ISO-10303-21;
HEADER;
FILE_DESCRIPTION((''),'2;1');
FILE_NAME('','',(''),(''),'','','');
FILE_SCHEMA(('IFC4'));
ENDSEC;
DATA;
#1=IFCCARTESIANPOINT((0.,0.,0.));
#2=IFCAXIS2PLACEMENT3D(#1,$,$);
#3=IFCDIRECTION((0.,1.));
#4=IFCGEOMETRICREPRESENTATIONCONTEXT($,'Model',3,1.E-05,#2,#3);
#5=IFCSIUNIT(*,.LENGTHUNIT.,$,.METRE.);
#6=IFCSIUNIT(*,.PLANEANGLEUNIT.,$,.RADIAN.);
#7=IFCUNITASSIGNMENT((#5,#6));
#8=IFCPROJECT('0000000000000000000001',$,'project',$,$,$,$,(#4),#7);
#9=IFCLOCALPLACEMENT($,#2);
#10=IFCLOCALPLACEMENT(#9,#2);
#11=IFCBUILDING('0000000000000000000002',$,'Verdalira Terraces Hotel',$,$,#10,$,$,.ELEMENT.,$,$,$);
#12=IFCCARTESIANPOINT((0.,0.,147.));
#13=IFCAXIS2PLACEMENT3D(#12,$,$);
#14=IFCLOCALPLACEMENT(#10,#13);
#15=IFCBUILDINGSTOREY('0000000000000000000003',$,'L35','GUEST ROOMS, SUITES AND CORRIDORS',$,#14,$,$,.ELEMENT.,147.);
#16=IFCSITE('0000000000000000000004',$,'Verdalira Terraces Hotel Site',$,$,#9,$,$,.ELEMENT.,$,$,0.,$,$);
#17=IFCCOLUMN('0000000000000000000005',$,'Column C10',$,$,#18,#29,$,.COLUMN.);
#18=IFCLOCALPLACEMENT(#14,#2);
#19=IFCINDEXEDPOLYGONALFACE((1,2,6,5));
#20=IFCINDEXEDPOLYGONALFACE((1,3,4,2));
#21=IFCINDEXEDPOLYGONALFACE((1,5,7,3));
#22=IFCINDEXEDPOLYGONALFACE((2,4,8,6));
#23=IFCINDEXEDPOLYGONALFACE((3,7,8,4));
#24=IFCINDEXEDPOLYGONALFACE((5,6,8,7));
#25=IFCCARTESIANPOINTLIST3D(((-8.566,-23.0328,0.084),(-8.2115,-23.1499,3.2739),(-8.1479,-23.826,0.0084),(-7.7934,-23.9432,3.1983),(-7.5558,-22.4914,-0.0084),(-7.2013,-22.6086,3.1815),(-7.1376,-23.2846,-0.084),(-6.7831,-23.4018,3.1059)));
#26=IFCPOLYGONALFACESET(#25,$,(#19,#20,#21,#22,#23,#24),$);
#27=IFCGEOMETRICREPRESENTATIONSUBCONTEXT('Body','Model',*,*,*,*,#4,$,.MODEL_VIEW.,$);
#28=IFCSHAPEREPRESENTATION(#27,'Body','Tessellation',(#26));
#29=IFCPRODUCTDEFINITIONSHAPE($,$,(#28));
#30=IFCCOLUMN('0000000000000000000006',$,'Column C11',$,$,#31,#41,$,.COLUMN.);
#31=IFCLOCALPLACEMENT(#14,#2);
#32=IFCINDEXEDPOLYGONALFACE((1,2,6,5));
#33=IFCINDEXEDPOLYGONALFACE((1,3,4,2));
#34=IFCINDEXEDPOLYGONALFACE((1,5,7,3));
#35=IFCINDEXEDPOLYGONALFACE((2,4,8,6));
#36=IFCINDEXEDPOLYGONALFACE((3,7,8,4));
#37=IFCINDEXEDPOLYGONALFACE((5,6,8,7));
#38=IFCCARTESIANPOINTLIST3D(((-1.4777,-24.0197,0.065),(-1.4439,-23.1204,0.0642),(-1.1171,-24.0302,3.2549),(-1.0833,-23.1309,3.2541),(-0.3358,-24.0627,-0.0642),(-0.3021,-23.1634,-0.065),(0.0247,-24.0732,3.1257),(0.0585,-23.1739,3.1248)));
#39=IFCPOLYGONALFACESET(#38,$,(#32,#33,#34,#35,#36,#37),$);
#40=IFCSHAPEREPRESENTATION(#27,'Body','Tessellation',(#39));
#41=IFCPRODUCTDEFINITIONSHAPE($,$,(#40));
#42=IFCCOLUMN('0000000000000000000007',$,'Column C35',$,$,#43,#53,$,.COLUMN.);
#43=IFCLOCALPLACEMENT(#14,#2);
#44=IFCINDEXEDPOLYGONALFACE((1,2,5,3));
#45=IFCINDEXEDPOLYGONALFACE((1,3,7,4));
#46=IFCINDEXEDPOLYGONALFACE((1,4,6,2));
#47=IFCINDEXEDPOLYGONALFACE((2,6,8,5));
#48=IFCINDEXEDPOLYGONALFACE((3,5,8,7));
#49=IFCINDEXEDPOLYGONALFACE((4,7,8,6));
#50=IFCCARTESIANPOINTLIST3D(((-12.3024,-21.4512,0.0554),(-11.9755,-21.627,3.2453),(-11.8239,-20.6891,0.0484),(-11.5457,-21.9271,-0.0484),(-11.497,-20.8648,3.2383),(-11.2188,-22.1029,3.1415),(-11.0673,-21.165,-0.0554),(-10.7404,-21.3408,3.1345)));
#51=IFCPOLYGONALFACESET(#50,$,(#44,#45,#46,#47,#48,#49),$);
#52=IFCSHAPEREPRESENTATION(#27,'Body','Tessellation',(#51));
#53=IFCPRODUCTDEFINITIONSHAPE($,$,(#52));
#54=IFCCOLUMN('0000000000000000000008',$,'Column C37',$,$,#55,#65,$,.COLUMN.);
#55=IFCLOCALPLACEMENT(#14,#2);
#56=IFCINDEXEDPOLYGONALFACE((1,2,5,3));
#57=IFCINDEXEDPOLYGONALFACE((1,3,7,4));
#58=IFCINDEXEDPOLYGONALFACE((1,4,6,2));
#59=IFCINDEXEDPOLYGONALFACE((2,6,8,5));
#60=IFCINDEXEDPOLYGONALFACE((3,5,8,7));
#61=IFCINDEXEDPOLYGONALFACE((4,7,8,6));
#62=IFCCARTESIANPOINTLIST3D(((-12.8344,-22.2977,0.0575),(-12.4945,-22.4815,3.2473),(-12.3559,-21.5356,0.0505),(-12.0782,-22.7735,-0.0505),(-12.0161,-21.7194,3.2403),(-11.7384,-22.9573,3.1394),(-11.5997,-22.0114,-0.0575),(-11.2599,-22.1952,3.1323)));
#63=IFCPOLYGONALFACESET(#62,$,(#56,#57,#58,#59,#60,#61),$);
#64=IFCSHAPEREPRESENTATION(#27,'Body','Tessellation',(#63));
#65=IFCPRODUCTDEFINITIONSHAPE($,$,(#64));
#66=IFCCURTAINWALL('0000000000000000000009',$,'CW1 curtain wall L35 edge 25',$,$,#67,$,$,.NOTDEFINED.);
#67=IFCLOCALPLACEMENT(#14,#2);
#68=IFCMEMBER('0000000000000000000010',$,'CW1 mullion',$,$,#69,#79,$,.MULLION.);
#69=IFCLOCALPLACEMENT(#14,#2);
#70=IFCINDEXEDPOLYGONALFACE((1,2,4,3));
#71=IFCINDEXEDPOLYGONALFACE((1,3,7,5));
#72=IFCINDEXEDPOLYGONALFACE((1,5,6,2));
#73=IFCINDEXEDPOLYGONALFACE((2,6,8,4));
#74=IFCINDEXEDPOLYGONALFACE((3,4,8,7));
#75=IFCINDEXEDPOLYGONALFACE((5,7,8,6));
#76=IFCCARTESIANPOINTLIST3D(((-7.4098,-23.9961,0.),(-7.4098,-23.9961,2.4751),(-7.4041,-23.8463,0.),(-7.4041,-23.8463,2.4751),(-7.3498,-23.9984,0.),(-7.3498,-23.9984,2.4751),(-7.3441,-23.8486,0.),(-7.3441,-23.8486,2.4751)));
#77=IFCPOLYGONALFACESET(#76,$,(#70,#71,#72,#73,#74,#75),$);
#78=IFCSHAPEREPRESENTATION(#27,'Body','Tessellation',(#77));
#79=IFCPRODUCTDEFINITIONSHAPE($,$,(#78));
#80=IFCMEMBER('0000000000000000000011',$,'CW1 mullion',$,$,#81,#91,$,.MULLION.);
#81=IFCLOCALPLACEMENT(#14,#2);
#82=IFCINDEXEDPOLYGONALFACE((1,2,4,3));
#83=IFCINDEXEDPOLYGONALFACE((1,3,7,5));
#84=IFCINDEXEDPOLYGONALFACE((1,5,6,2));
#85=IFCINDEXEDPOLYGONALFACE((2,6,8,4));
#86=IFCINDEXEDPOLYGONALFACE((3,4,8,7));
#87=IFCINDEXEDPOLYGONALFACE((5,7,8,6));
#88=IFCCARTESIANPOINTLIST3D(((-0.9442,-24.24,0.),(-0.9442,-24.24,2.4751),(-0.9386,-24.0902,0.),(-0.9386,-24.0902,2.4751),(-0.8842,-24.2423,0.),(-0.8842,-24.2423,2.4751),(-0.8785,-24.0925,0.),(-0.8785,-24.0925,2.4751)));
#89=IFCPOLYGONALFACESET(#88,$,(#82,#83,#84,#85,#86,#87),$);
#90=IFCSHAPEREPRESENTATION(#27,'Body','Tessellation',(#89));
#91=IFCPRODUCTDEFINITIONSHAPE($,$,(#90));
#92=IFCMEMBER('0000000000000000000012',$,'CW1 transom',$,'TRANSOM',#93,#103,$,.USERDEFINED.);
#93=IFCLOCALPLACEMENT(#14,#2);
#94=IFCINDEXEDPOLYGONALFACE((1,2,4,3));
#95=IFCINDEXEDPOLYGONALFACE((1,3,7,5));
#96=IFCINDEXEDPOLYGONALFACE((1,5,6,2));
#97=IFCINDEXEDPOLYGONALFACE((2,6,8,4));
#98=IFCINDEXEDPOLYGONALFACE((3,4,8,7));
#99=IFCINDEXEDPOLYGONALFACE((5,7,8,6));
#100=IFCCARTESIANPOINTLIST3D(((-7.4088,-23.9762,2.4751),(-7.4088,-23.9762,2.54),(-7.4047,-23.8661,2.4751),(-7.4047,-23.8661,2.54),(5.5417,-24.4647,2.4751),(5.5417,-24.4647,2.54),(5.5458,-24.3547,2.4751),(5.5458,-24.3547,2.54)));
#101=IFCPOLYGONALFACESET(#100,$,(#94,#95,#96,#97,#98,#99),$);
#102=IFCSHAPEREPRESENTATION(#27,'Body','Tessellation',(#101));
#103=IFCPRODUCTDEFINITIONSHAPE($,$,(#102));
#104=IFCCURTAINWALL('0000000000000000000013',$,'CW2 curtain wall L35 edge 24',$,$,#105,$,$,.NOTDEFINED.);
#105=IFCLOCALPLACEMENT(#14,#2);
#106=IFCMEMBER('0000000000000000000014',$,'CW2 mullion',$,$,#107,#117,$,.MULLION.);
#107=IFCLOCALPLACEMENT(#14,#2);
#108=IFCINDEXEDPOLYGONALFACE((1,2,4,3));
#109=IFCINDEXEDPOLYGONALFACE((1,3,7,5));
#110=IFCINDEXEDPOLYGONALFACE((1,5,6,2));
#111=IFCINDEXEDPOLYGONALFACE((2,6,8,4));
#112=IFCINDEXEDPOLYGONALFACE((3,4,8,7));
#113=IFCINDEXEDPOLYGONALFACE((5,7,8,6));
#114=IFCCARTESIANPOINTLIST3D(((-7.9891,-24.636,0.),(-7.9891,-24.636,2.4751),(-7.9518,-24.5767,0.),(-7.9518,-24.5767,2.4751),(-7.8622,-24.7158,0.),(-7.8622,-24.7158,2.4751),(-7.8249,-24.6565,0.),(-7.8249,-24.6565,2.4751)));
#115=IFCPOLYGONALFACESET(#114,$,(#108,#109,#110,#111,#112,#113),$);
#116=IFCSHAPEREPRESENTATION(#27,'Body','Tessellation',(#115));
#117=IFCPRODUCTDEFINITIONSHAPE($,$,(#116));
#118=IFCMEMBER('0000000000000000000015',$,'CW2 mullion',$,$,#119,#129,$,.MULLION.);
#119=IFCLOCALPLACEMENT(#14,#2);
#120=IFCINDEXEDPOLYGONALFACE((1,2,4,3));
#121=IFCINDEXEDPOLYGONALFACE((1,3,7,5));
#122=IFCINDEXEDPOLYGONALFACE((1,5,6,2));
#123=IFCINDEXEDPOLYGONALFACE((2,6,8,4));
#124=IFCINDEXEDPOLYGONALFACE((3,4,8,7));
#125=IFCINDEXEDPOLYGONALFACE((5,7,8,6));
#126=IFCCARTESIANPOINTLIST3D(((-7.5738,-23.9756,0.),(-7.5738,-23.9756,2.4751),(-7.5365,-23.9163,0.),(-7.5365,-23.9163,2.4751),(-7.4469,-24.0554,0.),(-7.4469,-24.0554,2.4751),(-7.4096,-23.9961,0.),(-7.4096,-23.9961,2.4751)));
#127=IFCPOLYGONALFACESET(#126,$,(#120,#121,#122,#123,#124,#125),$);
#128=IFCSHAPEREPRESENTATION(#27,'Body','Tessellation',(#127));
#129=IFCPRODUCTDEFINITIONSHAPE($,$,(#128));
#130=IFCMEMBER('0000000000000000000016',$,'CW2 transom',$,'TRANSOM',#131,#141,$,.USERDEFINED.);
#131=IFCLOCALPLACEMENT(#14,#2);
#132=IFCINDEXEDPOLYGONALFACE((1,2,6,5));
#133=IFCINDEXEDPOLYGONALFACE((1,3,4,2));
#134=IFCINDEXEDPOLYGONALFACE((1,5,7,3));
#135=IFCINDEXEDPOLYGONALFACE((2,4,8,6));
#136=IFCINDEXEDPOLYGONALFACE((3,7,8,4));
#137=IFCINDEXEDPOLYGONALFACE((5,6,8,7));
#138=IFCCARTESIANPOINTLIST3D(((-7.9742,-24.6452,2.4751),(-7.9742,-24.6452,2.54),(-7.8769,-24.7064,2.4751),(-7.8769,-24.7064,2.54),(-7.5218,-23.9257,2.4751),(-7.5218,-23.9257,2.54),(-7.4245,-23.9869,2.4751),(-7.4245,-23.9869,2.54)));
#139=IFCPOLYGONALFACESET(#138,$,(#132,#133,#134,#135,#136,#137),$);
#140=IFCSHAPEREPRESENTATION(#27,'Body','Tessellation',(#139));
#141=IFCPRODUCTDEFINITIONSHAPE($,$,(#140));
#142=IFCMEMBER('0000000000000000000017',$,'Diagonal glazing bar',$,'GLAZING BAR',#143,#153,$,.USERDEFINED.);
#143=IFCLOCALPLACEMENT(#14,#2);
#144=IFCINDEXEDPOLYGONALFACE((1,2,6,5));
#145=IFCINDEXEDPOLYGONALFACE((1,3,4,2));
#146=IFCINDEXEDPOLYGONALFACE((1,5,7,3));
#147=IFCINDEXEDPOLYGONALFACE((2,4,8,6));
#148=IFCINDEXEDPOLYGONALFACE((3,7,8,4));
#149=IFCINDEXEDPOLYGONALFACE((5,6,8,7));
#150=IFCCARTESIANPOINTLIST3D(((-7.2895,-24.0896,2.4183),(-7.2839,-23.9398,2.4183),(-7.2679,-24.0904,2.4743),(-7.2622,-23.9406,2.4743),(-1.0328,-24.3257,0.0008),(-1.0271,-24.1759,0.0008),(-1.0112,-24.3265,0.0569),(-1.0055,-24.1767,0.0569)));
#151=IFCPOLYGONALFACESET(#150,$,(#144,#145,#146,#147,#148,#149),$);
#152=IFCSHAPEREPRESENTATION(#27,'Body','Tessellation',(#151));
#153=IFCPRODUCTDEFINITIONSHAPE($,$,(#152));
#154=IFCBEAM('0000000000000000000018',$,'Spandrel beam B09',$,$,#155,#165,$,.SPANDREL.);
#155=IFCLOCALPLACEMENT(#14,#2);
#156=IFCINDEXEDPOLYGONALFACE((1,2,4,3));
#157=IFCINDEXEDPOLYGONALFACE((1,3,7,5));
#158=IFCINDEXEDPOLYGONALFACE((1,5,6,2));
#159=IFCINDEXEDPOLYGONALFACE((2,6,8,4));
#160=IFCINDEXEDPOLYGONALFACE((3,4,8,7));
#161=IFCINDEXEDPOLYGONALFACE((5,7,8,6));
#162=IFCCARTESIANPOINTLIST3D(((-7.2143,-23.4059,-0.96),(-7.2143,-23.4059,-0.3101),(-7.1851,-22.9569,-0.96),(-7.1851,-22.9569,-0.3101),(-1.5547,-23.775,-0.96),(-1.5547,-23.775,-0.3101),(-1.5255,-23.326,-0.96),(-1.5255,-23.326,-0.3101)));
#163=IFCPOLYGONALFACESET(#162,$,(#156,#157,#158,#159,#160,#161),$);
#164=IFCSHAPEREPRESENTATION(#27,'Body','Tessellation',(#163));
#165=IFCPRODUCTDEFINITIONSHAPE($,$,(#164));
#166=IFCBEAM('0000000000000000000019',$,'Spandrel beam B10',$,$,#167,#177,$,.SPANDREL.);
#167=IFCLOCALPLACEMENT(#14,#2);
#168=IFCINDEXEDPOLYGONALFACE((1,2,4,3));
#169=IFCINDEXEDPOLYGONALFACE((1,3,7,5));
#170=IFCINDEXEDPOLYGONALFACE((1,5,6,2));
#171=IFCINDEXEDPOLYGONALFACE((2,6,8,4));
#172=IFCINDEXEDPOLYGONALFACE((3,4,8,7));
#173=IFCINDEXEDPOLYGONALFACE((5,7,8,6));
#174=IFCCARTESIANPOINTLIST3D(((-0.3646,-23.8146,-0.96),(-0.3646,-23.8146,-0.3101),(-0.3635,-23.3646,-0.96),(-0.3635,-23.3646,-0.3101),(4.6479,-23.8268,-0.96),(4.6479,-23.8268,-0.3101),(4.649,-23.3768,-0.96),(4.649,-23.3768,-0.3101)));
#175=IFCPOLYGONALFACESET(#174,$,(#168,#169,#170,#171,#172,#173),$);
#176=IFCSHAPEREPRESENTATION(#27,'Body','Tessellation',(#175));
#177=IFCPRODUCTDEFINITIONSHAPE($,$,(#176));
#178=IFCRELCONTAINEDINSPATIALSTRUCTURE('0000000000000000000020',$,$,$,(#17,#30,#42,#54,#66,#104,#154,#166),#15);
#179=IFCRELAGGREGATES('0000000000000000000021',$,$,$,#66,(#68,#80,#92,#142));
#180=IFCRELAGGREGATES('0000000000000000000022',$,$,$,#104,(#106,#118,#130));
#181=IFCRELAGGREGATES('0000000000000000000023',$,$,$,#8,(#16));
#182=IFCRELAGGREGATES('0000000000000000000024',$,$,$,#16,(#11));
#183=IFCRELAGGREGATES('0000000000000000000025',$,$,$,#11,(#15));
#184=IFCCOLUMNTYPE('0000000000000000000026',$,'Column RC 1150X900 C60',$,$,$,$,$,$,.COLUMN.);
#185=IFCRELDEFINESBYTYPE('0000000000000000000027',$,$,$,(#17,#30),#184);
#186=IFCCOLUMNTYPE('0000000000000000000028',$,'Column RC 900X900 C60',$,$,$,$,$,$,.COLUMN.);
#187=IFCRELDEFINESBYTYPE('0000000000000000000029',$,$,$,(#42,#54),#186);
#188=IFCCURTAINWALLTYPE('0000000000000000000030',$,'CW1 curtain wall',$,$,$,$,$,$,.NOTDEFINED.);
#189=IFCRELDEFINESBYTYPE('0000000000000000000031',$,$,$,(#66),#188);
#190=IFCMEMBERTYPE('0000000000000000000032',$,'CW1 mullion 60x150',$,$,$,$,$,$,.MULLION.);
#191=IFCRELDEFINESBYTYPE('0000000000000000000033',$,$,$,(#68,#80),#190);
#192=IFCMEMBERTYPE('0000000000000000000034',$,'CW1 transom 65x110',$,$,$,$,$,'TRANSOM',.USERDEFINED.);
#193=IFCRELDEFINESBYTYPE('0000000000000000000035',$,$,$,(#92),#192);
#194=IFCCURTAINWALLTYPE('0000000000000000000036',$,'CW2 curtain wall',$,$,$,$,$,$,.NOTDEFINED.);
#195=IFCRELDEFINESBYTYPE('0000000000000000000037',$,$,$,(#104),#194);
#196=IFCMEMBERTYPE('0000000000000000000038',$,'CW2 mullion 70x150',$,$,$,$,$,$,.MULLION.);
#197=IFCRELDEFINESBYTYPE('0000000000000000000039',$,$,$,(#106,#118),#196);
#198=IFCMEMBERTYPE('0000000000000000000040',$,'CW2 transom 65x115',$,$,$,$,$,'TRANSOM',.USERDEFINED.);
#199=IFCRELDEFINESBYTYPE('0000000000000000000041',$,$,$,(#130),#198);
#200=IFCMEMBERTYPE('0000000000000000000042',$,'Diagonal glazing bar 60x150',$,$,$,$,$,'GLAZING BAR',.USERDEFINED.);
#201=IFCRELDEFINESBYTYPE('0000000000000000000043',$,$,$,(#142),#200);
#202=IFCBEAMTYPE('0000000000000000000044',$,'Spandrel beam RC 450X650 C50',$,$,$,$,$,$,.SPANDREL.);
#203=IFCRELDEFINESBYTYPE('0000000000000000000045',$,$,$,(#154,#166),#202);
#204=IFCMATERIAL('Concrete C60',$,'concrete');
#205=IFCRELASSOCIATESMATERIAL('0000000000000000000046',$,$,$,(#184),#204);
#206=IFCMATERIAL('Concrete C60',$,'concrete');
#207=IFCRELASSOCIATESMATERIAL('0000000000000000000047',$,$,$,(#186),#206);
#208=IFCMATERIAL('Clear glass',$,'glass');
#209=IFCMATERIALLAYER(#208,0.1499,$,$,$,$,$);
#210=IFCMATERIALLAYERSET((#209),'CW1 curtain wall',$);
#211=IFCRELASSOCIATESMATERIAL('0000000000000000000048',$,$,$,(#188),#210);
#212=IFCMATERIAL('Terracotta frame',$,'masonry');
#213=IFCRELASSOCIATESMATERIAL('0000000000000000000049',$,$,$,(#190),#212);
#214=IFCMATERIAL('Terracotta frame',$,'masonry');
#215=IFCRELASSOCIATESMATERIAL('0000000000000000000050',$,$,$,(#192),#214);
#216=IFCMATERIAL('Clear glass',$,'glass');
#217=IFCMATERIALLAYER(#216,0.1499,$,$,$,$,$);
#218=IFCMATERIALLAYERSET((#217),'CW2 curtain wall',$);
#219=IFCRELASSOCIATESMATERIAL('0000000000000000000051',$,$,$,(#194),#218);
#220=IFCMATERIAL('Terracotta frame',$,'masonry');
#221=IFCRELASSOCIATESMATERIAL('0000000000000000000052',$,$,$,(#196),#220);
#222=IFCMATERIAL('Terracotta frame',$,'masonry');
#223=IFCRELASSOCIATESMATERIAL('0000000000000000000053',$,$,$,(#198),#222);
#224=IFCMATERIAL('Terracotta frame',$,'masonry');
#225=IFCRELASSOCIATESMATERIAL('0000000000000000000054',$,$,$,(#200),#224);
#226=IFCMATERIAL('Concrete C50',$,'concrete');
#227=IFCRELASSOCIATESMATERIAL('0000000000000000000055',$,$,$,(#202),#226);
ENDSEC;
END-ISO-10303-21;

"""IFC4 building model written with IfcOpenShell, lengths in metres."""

from ifc_helpers import new_model, si_unit, direction, frame, origin, origin_2d, place, context, subcontext, project, spatial, rectangle, extrude, material, layer, layer_set, material_profile, profile_set, type_object, element, aggregate, save


model = new_model("IFC4")

# Units and contexts
model_context = context("Model", 3, precision=1e-05, world=origin(), true_north=direction((0.0, 1.0)))
body_context = subcontext(model_context, "Body", "Model", "MODEL_VIEW")
ifc_project = project(units=[si_unit("LENGTHUNIT", "METRE"), si_unit("PLANEANGLEUNIT", "RADIAN")], contexts=[model_context])

# Site, building, storey
site_placement = place(None, origin())
site = spatial("IfcSite", under=ifc_project, at=site_placement, Name="Verdalira Terraces Hotel Site", CompositionType="ELEMENT", RefElevation=0.0)
building_placement = place(site_placement, origin())
building = spatial("IfcBuilding", under=site, at=building_placement, Name="Verdalira Terraces Hotel", CompositionType="ELEMENT")
storey_placement = place(building_placement, frame((0.0, 0.0, 147.0)))
storey = spatial("IfcBuildingStorey", under=building, at=storey_placement, Name="L35", Description="GUEST ROOMS, SUITES AND CORRIDORS", CompositionType="ELEMENT", Elevation=147.0)

# Columns
ifc_material_1 = material(Name="Concrete C60", Category="concrete")
ifc_material_profile_1 = material_profile(ifc_material_1, rectangle(XDim=1.1499, YDim=0.8999, at=origin_2d()), Name="RC 1150X900")
ifc_profile_set_1 = profile_set([ifc_material_profile_1], Name="Concrete C60")
column_type_1 = type_object("IfcColumnType", Name="Column RC 1150X900 C60", PredefinedType="COLUMN", material=ifc_profile_set_1)
column_1_placement = place(storey_placement, frame((-7.8518, -23.1587, 0.0), z_axis=(0.110375, -0.036487, 0.99322), x_axis=(-0.878573, -0.470802, 0.080339)))
element("IfcColumn", 1, at=column_1_placement, inside=storey, type_object=column_type_1, Name="Column C10", PredefinedType="COLUMN", context=body_context, shape_type="SweptSolid", body=[
    extrude(rectangle(XDim=1.1499, YDim=0.8999, at=origin_2d()), origin(), (0.0, 0.0, 1.0), 3.2117),
])
column_2_placement = place(storey_placement, frame((-0.8899, -23.5916, 0.0), z_axis=(0.112325, -0.00327, 0.993666), x_axis=(0.992965, -0.037343, -0.112369)))
element("IfcColumn", 2, at=column_2_placement, inside=storey, type_object=column_type_1, Name="Column C11", PredefinedType="COLUMN", context=body_context, shape_type="SweptSolid", body=[
    extrude(rectangle(XDim=1.1499, YDim=0.8999, at=origin_2d()), origin(), (0.0, 0.0, 1.0), 3.2102),
])
ifc_material_2 = material(Name="Concrete C60", Category="concrete")
ifc_material_profile_2 = material_profile(ifc_material_2, rectangle(XDim=0.8999, YDim=0.8999, at=origin_2d()), Name="RC 900X900")
ifc_profile_set_2 = profile_set([ifc_material_profile_2], Name="Concrete C60")
column_type_2 = type_object("IfcColumnType", Name="Column RC 900X900 C60", PredefinedType="COLUMN", material=ifc_profile_set_2)
column_3_placement = place(storey_placement, frame((-11.6848, -21.3081, 0.0), z_axis=(0.101793, -0.054736, 0.993299), x_axis=(-0.531623, -0.846945, 0.00781)))
element("IfcColumn", 3, at=column_3_placement, inside=storey, type_object=column_type_2, Name="Column C35", PredefinedType="COLUMN", context=body_context, shape_type="SweptSolid", body=[
    extrude(rectangle(XDim=0.8999, YDim=0.8999, at=origin_2d()), origin(), (0.0, 0.0, 1.0), 3.2114),
])
column_4_placement = place(storey_placement, frame((-12.217, -22.1545, 0.0), z_axis=(0.105763, -0.057212, 0.992744), x_axis=(-0.531713, -0.846889, 0.00784)))
element("IfcColumn", 4, at=column_4_placement, inside=storey, type_object=column_type_2, Name="Column C37", PredefinedType="COLUMN", context=body_context, shape_type="SweptSolid", body=[
    extrude(rectangle(XDim=0.8999, YDim=0.8999, at=origin_2d()), origin(), (0.0, 0.0, 1.0), 3.2131),
])

# Curtain walls, members
ifc_material_3 = material(Name="Clear glass", Category="glass")
ifc_layer_1 = layer(ifc_material_3, 0.1499)
ifc_layer_set_1 = layer_set([ifc_layer_1], Name="CW1 curtain wall")
curtain_wall_type_1 = type_object("IfcCurtainWallType", Name="CW1 curtain wall", PredefinedType="NOTDEFINED", material=ifc_layer_set_1)
curtain_wall_1_placement = place(storey_placement, origin())
curtain_wall_1 = element("IfcCurtainWall", 5, at=curtain_wall_1_placement, inside=storey, type_object=curtain_wall_type_1, Name="CW1 curtain wall L35 edge 25", PredefinedType="NOTDEFINED")
ifc_material_4 = material(Name="Terracotta frame", Category="masonry")
ifc_material_profile_3 = material_profile(ifc_material_4, rectangle(XDim=0.0601, YDim=0.1499, at=origin_2d()), Name="MU 60x150")
ifc_profile_set_3 = profile_set([ifc_material_profile_3], Name="Terracotta frame")
member_type_1 = type_object("IfcMemberType", Name="CW1 mullion 60x150", PredefinedType="MULLION", material=ifc_profile_set_3)
member_1_placement = place(storey_placement, frame((-7.377, -23.9224, 0.0), z_axis=(0.0, 0.0, 1.0), x_axis=(0.999289, -0.03769, 0.0)))
member_1 = element("IfcMember", 6, at=member_1_placement, type_object=member_type_1, Name="CW1 mullion", PredefinedType="MULLION", context=body_context, shape_type="SweptSolid", body=[
    extrude(rectangle(XDim=0.0601, YDim=0.1499, at=origin_2d()), origin(), (0.0, 0.0, 1.0), 2.4751),
])
member_2_placement = place(storey_placement, frame((-0.9114, -24.1663, 0.0), z_axis=(0.0, 0.0, 1.0), x_axis=(0.999289, -0.03769, 0.0)))
member_2 = element("IfcMember", 7, at=member_2_placement, type_object=member_type_1, Name="CW1 mullion", PredefinedType="MULLION", context=body_context, shape_type="SweptSolid", body=[
    extrude(rectangle(XDim=0.0601, YDim=0.1499, at=origin_2d()), origin(), (0.0, 0.0, 1.0), 2.4751),
])
ifc_material_5 = material(Name="Terracotta frame", Category="masonry")
ifc_material_profile_4 = material_profile(ifc_material_5, rectangle(XDim=0.1101, YDim=0.0649, at=origin_2d()), Name="TR 65x110")
ifc_profile_set_4 = profile_set([ifc_material_profile_4], Name="Terracotta frame")
member_type_2 = type_object("IfcMemberType", Name="CW1 transom 65x110", ElementType="TRANSOM", PredefinedType="USERDEFINED", material=ifc_profile_set_4)
member_3_placement = place(storey_placement, frame((-7.4067, -23.9211, 2.5076), z_axis=(0.999289, -0.037696, 0.0), x_axis=(0.037696, 0.999289, 0.0)))
member_3 = element("IfcMember", 8, at=member_3_placement, type_object=member_type_2, Name="CW1 transom", ObjectType="TRANSOM", PredefinedType="USERDEFINED", context=body_context, shape_type="SweptSolid", body=[
    extrude(rectangle(XDim=0.1101, YDim=0.0649, at=origin_2d()), origin(), (0.0, 0.0, 1.0), 12.9597),
])
ifc_material_6 = material(Name="Clear glass", Category="glass")
ifc_layer_2 = layer(ifc_material_6, 0.1499)
ifc_layer_set_2 = layer_set([ifc_layer_2], Name="CW2 curtain wall")
curtain_wall_type_2 = type_object("IfcCurtainWallType", Name="CW2 curtain wall", PredefinedType="NOTDEFINED", material=ifc_layer_set_2)
curtain_wall_2_placement = place(storey_placement, origin())
curtain_wall_2 = element("IfcCurtainWall", 9, at=curtain_wall_2_placement, inside=storey, type_object=curtain_wall_type_2, Name="CW2 curtain wall L35 edge 24", PredefinedType="NOTDEFINED")
ifc_material_7 = material(Name="Terracotta frame", Category="masonry")
ifc_material_profile_5 = material_profile(ifc_material_7, rectangle(XDim=0.0701, YDim=0.1499, at=origin_2d()), Name="MU 70x150")
ifc_profile_set_5 = profile_set([ifc_material_profile_5], Name="Terracotta frame")
member_type_3 = type_object("IfcMemberType", Name="CW2 mullion 70x150", PredefinedType="MULLION", material=ifc_profile_set_5)
member_4_placement = place(storey_placement, frame((-7.907, -24.6462, 0.0), z_axis=(0.0, 0.0, 1.0), x_axis=(0.532285, 0.846565, 0.0)))
member_4 = element("IfcMember", 10, at=member_4_placement, type_object=member_type_3, Name="CW2 mullion", PredefinedType="MULLION", context=body_context, shape_type="SweptSolid", body=[
    extrude(rectangle(XDim=0.0701, YDim=0.1499, at=origin_2d()), origin(), (0.0, 0.0, 1.0), 2.4751),
])
member_5_placement = place(storey_placement, frame((-7.4917, -23.9858, 0.0), z_axis=(0.0, 0.0, 1.0), x_axis=(0.532285, 0.846565, 0.0)))
member_5 = element("IfcMember", 11, at=member_5_placement, type_object=member_type_3, Name="CW2 mullion", PredefinedType="MULLION", context=body_context, shape_type="SweptSolid", body=[
    extrude(rectangle(XDim=0.0701, YDim=0.1499, at=origin_2d()), origin(), (0.0, 0.0, 1.0), 2.4751),
])
ifc_material_8 = material(Name="Terracotta frame", Category="masonry")
ifc_material_profile_6 = material_profile(ifc_material_8, rectangle(XDim=0.115, YDim=0.0649, at=origin_2d()), Name="TR 65x115")
ifc_profile_set_6 = profile_set([ifc_material_profile_6], Name="Terracotta frame")
member_type_4 = type_object("IfcMemberType", Name="CW2 transom 65x115", ElementType="TRANSOM", PredefinedType="USERDEFINED", material=ifc_profile_set_6)
member_6_placement = place(storey_placement, frame((-7.9255, -24.6758, 2.5076), z_axis=(0.532295, 0.846559, 0.0), x_axis=(-0.846559, 0.532295, 0.0)))
member_6 = element("IfcMember", 12, at=member_6_placement, type_object=member_type_4, Name="CW2 transom", ObjectType="TRANSOM", PredefinedType="USERDEFINED", context=body_context, shape_type="SweptSolid", body=[
    extrude(rectangle(XDim=0.115, YDim=0.0649, at=origin_2d()), origin(), (0.0, 0.0, 1.0), 0.8499),
])

# Member
ifc_material_9 = material(Name="Terracotta frame", Category="masonry")
ifc_material_profile_7 = material_profile(ifc_material_9, rectangle(XDim=0.1499, YDim=0.0601, at=origin_2d()), Name="GB 60x150")
ifc_profile_set_7 = profile_set([ifc_material_profile_7], Name="Terracotta frame")
member_type_5 = type_object("IfcMemberType", Name="Diagonal glazing bar 60x150", ElementType="GLAZING BAR", PredefinedType="USERDEFINED", material=ifc_profile_set_7)
member_7_placement = place(storey_placement, frame((-7.2759, -24.0151, 2.4463), z_axis=(0.932218, -0.035175, -0.360185), x_axis=(0.037705, 0.999289, 0.0)))
member_7 = element("IfcMember", 13, at=member_7_placement, type_object=member_type_5, Name="Diagonal glazing bar", ObjectType="GLAZING BAR", PredefinedType="USERDEFINED", context=body_context, shape_type="SweptSolid", body=[
    extrude(rectangle(XDim=0.1499, YDim=0.0601, at=origin_2d()), origin(), (0.0, 0.0, 1.0), 6.7117),
])

# Beams
ifc_material_10 = material(Name="Concrete C50", Category="concrete")
ifc_material_profile_8 = material_profile(ifc_material_10, rectangle(XDim=0.45, YDim=0.6499, at=origin_2d()), Name="RC 450X650")
ifc_profile_set_8 = profile_set([ifc_material_profile_8], Name="Concrete C50")
beam_type = type_object("IfcBeamType", Name="Spandrel beam RC 450X650 C50", PredefinedType="SPANDREL", material=ifc_profile_set_8)
beam_1_placement = place(storey_placement, frame((-7.1997, -23.1814, -0.635), z_axis=(0.99788, -0.065085, 0.0), x_axis=(0.065085, 0.99788, 0.0)))
element("IfcBeam", 14, at=beam_1_placement, inside=storey, type_object=beam_type, Name="Spandrel beam B09", PredefinedType="SPANDREL", context=body_context, shape_type="SweptSolid", body=[
    extrude(rectangle(XDim=0.45, YDim=0.6499, at=origin_2d()), origin(), (0.0, 0.0, 1.0), 5.6716),
])
beam_2_placement = place(storey_placement, frame((-0.364, -23.5896, -0.635), z_axis=(0.999997, -0.002435, 0.0), x_axis=(0.002435, 0.999997, 0.0)))
element("IfcBeam", 15, at=beam_2_placement, inside=storey, type_object=beam_type, Name="Spandrel beam B10", PredefinedType="SPANDREL", context=body_context, shape_type="SweptSolid", body=[
    extrude(rectangle(XDim=0.45, YDim=0.6499, at=origin_2d()), origin(), (0.0, 0.0, 1.0), 5.0125),
])

aggregate(curtain_wall_1, [member_1, member_2, member_3, member_7])
aggregate(curtain_wall_2, [member_4, member_5, member_6])

save(model, "model.ifc")
